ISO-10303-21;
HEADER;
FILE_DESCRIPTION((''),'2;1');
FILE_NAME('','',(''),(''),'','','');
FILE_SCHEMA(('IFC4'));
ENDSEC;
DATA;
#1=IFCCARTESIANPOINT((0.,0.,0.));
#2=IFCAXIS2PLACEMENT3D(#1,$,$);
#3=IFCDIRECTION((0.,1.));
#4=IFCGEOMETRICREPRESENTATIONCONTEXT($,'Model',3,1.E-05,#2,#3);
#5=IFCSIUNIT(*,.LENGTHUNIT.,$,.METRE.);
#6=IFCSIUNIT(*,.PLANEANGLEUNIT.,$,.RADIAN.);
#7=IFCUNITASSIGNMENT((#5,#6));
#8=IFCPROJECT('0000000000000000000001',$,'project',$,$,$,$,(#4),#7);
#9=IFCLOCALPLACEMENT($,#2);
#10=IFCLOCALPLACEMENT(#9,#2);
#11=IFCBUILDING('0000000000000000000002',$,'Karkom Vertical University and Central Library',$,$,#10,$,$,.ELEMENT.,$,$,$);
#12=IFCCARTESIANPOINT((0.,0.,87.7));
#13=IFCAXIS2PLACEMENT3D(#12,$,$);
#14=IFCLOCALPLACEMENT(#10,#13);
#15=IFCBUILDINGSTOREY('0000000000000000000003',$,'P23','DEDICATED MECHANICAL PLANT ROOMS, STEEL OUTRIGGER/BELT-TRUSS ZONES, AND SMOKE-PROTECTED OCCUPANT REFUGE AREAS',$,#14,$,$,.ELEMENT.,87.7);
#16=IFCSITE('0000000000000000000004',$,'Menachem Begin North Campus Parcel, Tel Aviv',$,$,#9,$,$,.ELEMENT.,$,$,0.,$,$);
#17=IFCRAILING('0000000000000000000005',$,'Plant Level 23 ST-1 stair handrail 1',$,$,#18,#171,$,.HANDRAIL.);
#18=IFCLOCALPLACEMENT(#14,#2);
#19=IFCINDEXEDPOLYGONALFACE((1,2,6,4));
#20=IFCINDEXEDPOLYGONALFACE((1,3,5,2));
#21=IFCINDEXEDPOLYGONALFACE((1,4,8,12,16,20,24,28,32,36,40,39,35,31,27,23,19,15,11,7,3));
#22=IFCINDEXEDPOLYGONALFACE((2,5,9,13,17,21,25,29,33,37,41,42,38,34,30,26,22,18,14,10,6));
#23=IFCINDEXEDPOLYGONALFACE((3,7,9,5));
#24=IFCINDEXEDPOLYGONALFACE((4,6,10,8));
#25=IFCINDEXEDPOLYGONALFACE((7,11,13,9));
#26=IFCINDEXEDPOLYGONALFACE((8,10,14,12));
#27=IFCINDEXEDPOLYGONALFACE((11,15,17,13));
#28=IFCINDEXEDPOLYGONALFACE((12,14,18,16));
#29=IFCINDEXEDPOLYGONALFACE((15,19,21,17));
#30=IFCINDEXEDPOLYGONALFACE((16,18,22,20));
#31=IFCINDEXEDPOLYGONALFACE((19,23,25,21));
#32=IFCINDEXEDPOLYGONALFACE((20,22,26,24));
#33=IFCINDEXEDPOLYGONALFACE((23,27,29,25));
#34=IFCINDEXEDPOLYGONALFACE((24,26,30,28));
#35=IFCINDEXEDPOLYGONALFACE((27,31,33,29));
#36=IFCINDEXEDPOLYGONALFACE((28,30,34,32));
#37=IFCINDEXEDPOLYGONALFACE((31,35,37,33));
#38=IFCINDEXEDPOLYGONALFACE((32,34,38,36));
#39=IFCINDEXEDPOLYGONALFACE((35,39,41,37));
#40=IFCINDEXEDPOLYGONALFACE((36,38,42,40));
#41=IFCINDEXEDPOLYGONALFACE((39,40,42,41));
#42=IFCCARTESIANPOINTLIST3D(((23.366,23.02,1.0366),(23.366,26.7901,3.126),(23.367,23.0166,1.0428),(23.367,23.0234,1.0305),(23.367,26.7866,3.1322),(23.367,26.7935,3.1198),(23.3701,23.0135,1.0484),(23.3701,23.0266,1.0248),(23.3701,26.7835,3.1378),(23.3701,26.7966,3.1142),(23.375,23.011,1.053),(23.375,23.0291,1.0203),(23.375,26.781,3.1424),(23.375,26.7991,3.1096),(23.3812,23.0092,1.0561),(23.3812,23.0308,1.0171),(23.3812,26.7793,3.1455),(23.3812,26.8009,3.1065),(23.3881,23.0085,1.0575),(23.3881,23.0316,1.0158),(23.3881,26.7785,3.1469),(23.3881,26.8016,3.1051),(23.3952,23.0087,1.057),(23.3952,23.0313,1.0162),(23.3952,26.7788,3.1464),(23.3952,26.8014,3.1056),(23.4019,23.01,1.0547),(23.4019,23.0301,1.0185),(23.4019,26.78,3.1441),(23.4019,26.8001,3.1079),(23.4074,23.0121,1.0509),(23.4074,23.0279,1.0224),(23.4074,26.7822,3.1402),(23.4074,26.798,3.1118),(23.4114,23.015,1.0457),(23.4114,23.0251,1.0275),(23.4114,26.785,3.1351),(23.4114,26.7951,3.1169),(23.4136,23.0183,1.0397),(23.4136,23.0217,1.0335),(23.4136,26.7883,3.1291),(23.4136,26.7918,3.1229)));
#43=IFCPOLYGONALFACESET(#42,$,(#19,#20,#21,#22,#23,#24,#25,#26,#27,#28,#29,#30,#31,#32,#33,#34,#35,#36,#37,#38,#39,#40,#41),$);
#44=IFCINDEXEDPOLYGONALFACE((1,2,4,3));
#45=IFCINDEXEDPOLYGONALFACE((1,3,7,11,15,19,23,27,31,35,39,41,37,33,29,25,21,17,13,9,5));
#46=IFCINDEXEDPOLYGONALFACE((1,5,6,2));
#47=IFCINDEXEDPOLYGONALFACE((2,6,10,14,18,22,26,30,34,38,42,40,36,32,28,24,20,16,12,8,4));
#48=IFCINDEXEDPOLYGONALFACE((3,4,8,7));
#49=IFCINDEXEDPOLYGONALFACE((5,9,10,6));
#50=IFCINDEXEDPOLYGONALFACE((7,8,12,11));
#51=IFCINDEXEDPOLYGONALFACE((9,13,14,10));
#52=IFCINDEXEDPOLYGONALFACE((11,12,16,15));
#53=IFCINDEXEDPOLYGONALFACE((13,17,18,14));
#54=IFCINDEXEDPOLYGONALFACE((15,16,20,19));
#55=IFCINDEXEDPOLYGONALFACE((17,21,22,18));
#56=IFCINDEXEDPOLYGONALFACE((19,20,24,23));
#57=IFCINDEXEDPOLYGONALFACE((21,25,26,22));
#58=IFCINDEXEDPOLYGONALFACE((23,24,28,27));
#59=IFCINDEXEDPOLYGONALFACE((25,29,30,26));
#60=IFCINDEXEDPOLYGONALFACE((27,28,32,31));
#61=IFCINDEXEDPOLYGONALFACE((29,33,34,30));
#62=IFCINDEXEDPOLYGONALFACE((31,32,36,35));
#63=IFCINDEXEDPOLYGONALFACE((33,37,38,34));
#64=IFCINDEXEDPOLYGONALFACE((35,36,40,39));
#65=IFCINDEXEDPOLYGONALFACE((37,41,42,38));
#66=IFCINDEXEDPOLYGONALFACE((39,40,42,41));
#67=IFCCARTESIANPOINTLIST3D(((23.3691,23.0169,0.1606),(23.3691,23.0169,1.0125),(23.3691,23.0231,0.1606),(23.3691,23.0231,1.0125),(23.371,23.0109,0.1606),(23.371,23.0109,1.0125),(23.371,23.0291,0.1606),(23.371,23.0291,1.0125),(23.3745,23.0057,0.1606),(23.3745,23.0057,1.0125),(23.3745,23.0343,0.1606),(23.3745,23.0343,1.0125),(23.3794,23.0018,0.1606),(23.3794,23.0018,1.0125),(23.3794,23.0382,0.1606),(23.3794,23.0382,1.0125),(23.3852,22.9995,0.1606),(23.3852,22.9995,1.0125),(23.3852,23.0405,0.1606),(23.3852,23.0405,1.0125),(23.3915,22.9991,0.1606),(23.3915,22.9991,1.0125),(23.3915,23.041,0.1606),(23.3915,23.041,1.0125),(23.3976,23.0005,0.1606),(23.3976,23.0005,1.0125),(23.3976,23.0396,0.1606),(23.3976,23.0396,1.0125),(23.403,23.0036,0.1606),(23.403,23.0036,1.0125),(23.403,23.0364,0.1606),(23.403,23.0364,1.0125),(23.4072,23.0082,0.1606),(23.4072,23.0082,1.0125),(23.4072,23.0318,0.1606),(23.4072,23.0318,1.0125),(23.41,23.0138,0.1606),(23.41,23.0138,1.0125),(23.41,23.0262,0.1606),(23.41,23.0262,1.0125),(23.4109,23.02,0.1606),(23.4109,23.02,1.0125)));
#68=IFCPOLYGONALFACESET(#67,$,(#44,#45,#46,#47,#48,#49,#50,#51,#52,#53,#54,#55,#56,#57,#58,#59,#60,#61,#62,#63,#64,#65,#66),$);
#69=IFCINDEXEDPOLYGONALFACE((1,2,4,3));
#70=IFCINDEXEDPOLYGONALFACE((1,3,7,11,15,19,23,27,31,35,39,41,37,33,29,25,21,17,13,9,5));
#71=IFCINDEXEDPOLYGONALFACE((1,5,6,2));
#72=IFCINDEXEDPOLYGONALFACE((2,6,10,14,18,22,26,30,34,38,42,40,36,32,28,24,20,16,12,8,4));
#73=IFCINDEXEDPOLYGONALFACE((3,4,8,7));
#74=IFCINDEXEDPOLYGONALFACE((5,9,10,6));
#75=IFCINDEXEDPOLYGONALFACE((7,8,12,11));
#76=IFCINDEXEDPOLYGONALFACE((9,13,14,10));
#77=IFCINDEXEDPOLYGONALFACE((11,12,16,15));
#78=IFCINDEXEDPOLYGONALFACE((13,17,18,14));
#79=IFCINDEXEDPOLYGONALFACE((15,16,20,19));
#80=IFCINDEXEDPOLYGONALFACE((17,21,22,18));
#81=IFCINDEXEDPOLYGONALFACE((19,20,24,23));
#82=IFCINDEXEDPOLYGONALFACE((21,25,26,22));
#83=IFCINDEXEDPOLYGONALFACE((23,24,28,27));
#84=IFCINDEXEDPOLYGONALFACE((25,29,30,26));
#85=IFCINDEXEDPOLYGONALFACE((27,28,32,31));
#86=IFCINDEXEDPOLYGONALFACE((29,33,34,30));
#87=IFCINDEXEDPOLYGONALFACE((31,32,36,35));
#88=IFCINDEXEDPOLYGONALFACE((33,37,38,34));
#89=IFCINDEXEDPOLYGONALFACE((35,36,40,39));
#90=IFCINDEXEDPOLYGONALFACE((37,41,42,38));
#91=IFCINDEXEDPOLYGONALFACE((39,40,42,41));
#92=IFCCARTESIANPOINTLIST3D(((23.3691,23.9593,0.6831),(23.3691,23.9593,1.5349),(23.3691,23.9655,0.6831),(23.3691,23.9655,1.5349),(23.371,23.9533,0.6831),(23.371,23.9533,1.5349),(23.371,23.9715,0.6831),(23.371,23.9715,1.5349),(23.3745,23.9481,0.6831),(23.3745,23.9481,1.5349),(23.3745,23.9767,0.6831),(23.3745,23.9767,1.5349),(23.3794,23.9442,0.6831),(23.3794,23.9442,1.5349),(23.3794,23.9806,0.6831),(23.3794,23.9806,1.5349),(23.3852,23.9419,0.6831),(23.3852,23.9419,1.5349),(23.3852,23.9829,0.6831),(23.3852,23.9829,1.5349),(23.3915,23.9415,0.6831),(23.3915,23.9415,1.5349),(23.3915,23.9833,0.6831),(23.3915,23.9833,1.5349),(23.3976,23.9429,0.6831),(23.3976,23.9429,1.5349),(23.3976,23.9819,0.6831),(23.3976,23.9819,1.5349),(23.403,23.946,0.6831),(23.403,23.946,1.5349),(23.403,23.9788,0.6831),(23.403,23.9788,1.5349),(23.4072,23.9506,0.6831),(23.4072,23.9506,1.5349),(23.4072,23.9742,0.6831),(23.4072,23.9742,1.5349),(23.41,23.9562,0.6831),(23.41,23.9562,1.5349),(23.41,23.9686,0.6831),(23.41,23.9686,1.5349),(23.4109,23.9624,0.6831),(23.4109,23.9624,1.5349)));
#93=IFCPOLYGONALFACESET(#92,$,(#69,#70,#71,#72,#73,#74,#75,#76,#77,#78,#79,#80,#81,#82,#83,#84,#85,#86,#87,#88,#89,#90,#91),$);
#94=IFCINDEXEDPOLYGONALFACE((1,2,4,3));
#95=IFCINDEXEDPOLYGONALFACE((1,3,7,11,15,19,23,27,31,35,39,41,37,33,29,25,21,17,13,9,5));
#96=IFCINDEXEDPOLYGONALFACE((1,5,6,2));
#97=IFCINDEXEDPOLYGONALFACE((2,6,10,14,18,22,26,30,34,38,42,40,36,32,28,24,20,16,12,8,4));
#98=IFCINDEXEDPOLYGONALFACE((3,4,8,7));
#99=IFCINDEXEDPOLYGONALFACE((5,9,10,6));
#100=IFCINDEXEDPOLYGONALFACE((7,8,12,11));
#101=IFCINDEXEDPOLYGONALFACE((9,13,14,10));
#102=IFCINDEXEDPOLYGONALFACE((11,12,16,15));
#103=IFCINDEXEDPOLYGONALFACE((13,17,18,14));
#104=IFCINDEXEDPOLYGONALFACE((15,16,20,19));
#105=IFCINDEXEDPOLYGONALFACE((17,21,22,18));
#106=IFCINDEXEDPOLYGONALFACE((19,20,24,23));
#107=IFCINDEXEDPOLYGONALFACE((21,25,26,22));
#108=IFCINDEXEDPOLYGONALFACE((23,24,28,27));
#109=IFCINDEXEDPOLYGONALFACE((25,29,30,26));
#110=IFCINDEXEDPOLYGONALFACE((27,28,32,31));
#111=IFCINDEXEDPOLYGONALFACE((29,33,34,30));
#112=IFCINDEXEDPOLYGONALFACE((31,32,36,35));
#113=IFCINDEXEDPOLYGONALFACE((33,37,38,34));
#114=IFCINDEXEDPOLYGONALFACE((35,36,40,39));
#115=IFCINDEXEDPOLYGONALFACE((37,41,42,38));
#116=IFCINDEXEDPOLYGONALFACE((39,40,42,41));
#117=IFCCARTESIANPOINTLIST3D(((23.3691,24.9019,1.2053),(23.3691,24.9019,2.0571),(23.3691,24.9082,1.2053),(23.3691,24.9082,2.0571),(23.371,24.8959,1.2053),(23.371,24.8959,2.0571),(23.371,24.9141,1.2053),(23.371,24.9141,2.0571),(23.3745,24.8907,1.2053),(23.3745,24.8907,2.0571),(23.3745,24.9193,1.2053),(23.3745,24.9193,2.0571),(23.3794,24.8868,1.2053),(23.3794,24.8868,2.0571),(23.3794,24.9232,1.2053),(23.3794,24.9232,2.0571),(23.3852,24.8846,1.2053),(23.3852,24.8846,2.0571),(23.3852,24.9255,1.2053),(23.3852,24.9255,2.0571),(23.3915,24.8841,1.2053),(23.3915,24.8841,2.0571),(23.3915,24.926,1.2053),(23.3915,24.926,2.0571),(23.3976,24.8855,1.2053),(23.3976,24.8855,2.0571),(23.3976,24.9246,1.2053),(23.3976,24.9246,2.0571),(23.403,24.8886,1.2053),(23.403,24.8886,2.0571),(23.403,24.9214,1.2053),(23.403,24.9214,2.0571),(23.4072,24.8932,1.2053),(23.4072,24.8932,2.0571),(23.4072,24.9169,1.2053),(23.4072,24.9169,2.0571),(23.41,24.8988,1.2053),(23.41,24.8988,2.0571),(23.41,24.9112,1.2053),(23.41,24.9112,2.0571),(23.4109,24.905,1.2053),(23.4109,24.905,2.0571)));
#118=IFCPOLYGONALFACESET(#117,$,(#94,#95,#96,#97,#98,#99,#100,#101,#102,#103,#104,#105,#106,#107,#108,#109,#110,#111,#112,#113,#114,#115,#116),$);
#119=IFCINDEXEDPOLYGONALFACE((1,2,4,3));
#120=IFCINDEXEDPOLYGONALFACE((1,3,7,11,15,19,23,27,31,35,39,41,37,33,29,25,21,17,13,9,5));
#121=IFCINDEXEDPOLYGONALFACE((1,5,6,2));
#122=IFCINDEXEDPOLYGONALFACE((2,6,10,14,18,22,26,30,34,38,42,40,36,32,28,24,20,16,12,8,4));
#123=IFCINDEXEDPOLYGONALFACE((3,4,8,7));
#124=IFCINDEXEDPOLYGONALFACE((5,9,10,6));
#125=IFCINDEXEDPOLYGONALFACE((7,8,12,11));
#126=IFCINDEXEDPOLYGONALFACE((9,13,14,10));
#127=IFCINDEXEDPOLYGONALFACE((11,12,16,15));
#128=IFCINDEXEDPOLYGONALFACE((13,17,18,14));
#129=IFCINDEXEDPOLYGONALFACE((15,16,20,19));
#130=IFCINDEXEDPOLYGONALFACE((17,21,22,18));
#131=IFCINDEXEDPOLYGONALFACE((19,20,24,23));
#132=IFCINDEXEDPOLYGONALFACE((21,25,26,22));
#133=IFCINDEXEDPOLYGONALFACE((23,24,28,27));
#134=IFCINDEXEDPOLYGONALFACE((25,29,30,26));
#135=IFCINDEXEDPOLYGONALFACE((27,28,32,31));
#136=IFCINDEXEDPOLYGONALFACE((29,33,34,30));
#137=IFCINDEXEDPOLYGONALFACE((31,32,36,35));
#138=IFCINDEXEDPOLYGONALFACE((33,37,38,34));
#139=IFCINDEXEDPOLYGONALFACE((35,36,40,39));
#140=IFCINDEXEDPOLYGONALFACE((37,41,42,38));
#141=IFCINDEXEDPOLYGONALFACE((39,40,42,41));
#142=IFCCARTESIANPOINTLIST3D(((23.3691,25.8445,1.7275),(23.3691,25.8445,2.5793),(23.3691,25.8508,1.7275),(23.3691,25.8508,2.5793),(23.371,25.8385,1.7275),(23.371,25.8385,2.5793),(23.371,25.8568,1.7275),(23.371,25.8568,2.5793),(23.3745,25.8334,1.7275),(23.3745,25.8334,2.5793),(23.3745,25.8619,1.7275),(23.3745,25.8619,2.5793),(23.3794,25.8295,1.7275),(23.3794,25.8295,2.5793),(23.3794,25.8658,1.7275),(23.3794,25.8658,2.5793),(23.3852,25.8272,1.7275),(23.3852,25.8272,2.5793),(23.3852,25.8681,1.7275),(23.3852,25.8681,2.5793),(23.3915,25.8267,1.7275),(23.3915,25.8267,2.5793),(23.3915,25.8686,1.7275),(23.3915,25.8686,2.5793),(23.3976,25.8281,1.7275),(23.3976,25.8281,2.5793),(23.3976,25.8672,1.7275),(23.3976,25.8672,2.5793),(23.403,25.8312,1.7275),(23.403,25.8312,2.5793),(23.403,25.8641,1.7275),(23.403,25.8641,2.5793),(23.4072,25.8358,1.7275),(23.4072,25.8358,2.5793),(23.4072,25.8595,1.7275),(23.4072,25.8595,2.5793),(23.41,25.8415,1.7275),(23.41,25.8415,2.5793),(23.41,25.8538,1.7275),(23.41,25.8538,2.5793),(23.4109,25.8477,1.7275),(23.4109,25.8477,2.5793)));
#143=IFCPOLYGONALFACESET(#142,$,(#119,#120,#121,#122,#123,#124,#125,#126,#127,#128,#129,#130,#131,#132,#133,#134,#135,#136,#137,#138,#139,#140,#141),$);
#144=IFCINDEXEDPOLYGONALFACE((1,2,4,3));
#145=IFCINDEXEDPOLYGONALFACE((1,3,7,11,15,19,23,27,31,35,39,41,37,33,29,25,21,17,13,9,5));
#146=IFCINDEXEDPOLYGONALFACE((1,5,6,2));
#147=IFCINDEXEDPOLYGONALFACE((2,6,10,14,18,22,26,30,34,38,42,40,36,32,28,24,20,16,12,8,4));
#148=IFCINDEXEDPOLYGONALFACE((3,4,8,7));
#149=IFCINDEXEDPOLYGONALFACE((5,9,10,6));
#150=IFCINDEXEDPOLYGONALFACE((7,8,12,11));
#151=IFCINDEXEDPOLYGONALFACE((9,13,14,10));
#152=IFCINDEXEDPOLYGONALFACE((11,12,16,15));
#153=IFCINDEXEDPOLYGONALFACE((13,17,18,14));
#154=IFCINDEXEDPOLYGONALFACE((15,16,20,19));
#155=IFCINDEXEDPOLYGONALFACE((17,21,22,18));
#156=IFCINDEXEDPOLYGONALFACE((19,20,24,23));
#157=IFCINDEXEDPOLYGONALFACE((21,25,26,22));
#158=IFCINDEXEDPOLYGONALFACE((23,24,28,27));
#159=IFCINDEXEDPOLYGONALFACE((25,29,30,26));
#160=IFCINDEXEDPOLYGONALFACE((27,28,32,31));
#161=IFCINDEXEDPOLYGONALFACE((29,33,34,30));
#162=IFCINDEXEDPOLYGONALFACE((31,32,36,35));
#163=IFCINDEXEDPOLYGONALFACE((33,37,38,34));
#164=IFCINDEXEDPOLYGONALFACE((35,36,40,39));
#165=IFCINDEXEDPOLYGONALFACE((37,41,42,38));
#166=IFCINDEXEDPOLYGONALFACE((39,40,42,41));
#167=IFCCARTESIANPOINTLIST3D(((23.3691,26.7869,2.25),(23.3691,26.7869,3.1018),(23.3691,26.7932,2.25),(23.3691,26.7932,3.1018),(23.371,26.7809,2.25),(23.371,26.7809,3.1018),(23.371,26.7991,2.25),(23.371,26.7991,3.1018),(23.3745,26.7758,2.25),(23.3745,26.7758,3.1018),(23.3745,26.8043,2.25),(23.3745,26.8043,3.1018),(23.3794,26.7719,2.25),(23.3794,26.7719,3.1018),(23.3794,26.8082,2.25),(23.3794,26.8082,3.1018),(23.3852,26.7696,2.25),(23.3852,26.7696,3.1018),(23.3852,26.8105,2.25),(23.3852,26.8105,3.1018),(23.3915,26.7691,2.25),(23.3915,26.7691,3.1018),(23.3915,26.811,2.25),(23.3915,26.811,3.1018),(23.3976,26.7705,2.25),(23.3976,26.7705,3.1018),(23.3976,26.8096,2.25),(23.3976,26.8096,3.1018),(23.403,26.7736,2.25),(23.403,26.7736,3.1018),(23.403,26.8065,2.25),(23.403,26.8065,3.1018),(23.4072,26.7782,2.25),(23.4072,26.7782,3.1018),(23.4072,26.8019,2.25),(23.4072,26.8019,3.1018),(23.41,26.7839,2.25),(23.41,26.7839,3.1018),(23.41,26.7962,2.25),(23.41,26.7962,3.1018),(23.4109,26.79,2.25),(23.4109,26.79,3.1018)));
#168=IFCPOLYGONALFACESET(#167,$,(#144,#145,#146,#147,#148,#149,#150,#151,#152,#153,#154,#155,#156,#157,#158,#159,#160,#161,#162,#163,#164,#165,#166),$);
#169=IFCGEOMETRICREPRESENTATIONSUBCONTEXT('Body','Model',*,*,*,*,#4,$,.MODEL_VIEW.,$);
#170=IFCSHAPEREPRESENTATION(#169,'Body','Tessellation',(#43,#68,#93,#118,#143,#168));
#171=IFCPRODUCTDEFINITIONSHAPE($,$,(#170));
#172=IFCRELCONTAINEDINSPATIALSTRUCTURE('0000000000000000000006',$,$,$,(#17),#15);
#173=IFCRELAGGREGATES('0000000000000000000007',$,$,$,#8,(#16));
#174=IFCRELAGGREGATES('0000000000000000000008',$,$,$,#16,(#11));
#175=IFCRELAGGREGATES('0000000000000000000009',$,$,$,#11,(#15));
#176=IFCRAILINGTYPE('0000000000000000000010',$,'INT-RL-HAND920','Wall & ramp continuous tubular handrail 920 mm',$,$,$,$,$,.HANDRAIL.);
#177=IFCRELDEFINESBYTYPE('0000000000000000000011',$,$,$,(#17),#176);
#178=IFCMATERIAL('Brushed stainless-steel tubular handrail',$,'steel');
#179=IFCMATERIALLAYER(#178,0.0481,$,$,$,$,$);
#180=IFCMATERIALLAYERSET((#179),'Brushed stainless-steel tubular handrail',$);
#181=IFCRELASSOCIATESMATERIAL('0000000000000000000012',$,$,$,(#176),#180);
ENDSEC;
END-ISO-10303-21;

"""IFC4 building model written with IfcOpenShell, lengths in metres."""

from ifc_helpers import new_model, si_unit, direction, frame, origin, origin_2d, place, context, subcontext, project, spatial, circle, extrude, material, layer, layer_set, type_object, element, save


model = new_model("IFC4")

# Units and contexts
model_context = context("Model", 3, precision=1e-05, world=origin(), true_north=direction((0.0, 1.0)))
body_context = subcontext(model_context, "Body", "Model", "MODEL_VIEW")
ifc_project = project(units=[si_unit("LENGTHUNIT", "METRE"), si_unit("PLANEANGLEUNIT", "RADIAN")], contexts=[model_context])

# Site, building, storey
site_placement = place(None, origin())
site = spatial("IfcSite", under=ifc_project, at=site_placement, Name="Menachem Begin North Campus Parcel, Tel Aviv", CompositionType="ELEMENT", RefElevation=0.0)
building_placement = place(site_placement, origin())
building = spatial("IfcBuilding", under=site, at=building_placement, Name="Karkom Vertical University and Central Library", CompositionType="ELEMENT")
storey_placement = place(building_placement, frame((0.0, 0.0, 87.7)))
storey = spatial("IfcBuildingStorey", under=building, at=storey_placement, Name="P23", Description="DEDICATED MECHANICAL PLANT ROOMS, STEEL OUTRIGGER/BELT-TRUSS ZONES, AND SMOKE-PROTECTED OCCUPANT REFUGE AREAS", CompositionType="ELEMENT", Elevation=87.7)

# Railing
ifc_material_1 = material(Name="Brushed stainless-steel tubular handrail", Category="steel")
ifc_layer_1 = layer(ifc_material_1, 0.0481)
ifc_layer_set_1 = layer_set([ifc_layer_1], Name="Brushed stainless-steel tubular handrail")
railing_type_1 = type_object("IfcRailingType", Name="INT-RL-HAND920", Description="Wall & ramp continuous tubular handrail 920 mm", PredefinedType="HANDRAIL", material=ifc_layer_set_1)
railing_1_placement = place(storey_placement, frame((23.3899, 23.02, 0.1606)))
element("IfcRailing", 1, at=railing_1_placement, inside=storey, type_object=railing_type_1, Name="Plant Level 23 ST-1 stair handrail 1", PredefinedType="HANDRAIL", context=body_context, shape_type="SweptSolid", body=[
    extrude(circle(Radius=0.0239, at=origin_2d()), frame((0.0, 0.0, 0.876), z_axis=(0.0, 0.874659, 0.484739), x_axis=(-1.0, 0.0, 0.0)), (0.0, 0.0, 1.0), 4.3103),
    extrude(circle(Radius=0.021, at=origin_2d()), origin(), (0.0, 0.0, 1.0), 0.8518),
    extrude(circle(Radius=0.021, at=origin_2d()), frame((0.0, 0.9424, 0.5225)), (0.0, 0.0, 1.0), 0.8518),
    extrude(circle(Radius=0.021, at=origin_2d()), frame((0.0, 1.885, 1.0447)), (0.0, 0.0, 1.0), 0.8518),
    extrude(circle(Radius=0.021, at=origin_2d()), frame((0.0, 2.8276, 1.5669)), (0.0, 0.0, 1.0), 0.8518),
    extrude(circle(Radius=0.021, at=origin_2d()), frame((0.0, 3.77, 2.0894)), (0.0, 0.0, 1.0), 0.8518),
])

save(model, "model.ifc")
